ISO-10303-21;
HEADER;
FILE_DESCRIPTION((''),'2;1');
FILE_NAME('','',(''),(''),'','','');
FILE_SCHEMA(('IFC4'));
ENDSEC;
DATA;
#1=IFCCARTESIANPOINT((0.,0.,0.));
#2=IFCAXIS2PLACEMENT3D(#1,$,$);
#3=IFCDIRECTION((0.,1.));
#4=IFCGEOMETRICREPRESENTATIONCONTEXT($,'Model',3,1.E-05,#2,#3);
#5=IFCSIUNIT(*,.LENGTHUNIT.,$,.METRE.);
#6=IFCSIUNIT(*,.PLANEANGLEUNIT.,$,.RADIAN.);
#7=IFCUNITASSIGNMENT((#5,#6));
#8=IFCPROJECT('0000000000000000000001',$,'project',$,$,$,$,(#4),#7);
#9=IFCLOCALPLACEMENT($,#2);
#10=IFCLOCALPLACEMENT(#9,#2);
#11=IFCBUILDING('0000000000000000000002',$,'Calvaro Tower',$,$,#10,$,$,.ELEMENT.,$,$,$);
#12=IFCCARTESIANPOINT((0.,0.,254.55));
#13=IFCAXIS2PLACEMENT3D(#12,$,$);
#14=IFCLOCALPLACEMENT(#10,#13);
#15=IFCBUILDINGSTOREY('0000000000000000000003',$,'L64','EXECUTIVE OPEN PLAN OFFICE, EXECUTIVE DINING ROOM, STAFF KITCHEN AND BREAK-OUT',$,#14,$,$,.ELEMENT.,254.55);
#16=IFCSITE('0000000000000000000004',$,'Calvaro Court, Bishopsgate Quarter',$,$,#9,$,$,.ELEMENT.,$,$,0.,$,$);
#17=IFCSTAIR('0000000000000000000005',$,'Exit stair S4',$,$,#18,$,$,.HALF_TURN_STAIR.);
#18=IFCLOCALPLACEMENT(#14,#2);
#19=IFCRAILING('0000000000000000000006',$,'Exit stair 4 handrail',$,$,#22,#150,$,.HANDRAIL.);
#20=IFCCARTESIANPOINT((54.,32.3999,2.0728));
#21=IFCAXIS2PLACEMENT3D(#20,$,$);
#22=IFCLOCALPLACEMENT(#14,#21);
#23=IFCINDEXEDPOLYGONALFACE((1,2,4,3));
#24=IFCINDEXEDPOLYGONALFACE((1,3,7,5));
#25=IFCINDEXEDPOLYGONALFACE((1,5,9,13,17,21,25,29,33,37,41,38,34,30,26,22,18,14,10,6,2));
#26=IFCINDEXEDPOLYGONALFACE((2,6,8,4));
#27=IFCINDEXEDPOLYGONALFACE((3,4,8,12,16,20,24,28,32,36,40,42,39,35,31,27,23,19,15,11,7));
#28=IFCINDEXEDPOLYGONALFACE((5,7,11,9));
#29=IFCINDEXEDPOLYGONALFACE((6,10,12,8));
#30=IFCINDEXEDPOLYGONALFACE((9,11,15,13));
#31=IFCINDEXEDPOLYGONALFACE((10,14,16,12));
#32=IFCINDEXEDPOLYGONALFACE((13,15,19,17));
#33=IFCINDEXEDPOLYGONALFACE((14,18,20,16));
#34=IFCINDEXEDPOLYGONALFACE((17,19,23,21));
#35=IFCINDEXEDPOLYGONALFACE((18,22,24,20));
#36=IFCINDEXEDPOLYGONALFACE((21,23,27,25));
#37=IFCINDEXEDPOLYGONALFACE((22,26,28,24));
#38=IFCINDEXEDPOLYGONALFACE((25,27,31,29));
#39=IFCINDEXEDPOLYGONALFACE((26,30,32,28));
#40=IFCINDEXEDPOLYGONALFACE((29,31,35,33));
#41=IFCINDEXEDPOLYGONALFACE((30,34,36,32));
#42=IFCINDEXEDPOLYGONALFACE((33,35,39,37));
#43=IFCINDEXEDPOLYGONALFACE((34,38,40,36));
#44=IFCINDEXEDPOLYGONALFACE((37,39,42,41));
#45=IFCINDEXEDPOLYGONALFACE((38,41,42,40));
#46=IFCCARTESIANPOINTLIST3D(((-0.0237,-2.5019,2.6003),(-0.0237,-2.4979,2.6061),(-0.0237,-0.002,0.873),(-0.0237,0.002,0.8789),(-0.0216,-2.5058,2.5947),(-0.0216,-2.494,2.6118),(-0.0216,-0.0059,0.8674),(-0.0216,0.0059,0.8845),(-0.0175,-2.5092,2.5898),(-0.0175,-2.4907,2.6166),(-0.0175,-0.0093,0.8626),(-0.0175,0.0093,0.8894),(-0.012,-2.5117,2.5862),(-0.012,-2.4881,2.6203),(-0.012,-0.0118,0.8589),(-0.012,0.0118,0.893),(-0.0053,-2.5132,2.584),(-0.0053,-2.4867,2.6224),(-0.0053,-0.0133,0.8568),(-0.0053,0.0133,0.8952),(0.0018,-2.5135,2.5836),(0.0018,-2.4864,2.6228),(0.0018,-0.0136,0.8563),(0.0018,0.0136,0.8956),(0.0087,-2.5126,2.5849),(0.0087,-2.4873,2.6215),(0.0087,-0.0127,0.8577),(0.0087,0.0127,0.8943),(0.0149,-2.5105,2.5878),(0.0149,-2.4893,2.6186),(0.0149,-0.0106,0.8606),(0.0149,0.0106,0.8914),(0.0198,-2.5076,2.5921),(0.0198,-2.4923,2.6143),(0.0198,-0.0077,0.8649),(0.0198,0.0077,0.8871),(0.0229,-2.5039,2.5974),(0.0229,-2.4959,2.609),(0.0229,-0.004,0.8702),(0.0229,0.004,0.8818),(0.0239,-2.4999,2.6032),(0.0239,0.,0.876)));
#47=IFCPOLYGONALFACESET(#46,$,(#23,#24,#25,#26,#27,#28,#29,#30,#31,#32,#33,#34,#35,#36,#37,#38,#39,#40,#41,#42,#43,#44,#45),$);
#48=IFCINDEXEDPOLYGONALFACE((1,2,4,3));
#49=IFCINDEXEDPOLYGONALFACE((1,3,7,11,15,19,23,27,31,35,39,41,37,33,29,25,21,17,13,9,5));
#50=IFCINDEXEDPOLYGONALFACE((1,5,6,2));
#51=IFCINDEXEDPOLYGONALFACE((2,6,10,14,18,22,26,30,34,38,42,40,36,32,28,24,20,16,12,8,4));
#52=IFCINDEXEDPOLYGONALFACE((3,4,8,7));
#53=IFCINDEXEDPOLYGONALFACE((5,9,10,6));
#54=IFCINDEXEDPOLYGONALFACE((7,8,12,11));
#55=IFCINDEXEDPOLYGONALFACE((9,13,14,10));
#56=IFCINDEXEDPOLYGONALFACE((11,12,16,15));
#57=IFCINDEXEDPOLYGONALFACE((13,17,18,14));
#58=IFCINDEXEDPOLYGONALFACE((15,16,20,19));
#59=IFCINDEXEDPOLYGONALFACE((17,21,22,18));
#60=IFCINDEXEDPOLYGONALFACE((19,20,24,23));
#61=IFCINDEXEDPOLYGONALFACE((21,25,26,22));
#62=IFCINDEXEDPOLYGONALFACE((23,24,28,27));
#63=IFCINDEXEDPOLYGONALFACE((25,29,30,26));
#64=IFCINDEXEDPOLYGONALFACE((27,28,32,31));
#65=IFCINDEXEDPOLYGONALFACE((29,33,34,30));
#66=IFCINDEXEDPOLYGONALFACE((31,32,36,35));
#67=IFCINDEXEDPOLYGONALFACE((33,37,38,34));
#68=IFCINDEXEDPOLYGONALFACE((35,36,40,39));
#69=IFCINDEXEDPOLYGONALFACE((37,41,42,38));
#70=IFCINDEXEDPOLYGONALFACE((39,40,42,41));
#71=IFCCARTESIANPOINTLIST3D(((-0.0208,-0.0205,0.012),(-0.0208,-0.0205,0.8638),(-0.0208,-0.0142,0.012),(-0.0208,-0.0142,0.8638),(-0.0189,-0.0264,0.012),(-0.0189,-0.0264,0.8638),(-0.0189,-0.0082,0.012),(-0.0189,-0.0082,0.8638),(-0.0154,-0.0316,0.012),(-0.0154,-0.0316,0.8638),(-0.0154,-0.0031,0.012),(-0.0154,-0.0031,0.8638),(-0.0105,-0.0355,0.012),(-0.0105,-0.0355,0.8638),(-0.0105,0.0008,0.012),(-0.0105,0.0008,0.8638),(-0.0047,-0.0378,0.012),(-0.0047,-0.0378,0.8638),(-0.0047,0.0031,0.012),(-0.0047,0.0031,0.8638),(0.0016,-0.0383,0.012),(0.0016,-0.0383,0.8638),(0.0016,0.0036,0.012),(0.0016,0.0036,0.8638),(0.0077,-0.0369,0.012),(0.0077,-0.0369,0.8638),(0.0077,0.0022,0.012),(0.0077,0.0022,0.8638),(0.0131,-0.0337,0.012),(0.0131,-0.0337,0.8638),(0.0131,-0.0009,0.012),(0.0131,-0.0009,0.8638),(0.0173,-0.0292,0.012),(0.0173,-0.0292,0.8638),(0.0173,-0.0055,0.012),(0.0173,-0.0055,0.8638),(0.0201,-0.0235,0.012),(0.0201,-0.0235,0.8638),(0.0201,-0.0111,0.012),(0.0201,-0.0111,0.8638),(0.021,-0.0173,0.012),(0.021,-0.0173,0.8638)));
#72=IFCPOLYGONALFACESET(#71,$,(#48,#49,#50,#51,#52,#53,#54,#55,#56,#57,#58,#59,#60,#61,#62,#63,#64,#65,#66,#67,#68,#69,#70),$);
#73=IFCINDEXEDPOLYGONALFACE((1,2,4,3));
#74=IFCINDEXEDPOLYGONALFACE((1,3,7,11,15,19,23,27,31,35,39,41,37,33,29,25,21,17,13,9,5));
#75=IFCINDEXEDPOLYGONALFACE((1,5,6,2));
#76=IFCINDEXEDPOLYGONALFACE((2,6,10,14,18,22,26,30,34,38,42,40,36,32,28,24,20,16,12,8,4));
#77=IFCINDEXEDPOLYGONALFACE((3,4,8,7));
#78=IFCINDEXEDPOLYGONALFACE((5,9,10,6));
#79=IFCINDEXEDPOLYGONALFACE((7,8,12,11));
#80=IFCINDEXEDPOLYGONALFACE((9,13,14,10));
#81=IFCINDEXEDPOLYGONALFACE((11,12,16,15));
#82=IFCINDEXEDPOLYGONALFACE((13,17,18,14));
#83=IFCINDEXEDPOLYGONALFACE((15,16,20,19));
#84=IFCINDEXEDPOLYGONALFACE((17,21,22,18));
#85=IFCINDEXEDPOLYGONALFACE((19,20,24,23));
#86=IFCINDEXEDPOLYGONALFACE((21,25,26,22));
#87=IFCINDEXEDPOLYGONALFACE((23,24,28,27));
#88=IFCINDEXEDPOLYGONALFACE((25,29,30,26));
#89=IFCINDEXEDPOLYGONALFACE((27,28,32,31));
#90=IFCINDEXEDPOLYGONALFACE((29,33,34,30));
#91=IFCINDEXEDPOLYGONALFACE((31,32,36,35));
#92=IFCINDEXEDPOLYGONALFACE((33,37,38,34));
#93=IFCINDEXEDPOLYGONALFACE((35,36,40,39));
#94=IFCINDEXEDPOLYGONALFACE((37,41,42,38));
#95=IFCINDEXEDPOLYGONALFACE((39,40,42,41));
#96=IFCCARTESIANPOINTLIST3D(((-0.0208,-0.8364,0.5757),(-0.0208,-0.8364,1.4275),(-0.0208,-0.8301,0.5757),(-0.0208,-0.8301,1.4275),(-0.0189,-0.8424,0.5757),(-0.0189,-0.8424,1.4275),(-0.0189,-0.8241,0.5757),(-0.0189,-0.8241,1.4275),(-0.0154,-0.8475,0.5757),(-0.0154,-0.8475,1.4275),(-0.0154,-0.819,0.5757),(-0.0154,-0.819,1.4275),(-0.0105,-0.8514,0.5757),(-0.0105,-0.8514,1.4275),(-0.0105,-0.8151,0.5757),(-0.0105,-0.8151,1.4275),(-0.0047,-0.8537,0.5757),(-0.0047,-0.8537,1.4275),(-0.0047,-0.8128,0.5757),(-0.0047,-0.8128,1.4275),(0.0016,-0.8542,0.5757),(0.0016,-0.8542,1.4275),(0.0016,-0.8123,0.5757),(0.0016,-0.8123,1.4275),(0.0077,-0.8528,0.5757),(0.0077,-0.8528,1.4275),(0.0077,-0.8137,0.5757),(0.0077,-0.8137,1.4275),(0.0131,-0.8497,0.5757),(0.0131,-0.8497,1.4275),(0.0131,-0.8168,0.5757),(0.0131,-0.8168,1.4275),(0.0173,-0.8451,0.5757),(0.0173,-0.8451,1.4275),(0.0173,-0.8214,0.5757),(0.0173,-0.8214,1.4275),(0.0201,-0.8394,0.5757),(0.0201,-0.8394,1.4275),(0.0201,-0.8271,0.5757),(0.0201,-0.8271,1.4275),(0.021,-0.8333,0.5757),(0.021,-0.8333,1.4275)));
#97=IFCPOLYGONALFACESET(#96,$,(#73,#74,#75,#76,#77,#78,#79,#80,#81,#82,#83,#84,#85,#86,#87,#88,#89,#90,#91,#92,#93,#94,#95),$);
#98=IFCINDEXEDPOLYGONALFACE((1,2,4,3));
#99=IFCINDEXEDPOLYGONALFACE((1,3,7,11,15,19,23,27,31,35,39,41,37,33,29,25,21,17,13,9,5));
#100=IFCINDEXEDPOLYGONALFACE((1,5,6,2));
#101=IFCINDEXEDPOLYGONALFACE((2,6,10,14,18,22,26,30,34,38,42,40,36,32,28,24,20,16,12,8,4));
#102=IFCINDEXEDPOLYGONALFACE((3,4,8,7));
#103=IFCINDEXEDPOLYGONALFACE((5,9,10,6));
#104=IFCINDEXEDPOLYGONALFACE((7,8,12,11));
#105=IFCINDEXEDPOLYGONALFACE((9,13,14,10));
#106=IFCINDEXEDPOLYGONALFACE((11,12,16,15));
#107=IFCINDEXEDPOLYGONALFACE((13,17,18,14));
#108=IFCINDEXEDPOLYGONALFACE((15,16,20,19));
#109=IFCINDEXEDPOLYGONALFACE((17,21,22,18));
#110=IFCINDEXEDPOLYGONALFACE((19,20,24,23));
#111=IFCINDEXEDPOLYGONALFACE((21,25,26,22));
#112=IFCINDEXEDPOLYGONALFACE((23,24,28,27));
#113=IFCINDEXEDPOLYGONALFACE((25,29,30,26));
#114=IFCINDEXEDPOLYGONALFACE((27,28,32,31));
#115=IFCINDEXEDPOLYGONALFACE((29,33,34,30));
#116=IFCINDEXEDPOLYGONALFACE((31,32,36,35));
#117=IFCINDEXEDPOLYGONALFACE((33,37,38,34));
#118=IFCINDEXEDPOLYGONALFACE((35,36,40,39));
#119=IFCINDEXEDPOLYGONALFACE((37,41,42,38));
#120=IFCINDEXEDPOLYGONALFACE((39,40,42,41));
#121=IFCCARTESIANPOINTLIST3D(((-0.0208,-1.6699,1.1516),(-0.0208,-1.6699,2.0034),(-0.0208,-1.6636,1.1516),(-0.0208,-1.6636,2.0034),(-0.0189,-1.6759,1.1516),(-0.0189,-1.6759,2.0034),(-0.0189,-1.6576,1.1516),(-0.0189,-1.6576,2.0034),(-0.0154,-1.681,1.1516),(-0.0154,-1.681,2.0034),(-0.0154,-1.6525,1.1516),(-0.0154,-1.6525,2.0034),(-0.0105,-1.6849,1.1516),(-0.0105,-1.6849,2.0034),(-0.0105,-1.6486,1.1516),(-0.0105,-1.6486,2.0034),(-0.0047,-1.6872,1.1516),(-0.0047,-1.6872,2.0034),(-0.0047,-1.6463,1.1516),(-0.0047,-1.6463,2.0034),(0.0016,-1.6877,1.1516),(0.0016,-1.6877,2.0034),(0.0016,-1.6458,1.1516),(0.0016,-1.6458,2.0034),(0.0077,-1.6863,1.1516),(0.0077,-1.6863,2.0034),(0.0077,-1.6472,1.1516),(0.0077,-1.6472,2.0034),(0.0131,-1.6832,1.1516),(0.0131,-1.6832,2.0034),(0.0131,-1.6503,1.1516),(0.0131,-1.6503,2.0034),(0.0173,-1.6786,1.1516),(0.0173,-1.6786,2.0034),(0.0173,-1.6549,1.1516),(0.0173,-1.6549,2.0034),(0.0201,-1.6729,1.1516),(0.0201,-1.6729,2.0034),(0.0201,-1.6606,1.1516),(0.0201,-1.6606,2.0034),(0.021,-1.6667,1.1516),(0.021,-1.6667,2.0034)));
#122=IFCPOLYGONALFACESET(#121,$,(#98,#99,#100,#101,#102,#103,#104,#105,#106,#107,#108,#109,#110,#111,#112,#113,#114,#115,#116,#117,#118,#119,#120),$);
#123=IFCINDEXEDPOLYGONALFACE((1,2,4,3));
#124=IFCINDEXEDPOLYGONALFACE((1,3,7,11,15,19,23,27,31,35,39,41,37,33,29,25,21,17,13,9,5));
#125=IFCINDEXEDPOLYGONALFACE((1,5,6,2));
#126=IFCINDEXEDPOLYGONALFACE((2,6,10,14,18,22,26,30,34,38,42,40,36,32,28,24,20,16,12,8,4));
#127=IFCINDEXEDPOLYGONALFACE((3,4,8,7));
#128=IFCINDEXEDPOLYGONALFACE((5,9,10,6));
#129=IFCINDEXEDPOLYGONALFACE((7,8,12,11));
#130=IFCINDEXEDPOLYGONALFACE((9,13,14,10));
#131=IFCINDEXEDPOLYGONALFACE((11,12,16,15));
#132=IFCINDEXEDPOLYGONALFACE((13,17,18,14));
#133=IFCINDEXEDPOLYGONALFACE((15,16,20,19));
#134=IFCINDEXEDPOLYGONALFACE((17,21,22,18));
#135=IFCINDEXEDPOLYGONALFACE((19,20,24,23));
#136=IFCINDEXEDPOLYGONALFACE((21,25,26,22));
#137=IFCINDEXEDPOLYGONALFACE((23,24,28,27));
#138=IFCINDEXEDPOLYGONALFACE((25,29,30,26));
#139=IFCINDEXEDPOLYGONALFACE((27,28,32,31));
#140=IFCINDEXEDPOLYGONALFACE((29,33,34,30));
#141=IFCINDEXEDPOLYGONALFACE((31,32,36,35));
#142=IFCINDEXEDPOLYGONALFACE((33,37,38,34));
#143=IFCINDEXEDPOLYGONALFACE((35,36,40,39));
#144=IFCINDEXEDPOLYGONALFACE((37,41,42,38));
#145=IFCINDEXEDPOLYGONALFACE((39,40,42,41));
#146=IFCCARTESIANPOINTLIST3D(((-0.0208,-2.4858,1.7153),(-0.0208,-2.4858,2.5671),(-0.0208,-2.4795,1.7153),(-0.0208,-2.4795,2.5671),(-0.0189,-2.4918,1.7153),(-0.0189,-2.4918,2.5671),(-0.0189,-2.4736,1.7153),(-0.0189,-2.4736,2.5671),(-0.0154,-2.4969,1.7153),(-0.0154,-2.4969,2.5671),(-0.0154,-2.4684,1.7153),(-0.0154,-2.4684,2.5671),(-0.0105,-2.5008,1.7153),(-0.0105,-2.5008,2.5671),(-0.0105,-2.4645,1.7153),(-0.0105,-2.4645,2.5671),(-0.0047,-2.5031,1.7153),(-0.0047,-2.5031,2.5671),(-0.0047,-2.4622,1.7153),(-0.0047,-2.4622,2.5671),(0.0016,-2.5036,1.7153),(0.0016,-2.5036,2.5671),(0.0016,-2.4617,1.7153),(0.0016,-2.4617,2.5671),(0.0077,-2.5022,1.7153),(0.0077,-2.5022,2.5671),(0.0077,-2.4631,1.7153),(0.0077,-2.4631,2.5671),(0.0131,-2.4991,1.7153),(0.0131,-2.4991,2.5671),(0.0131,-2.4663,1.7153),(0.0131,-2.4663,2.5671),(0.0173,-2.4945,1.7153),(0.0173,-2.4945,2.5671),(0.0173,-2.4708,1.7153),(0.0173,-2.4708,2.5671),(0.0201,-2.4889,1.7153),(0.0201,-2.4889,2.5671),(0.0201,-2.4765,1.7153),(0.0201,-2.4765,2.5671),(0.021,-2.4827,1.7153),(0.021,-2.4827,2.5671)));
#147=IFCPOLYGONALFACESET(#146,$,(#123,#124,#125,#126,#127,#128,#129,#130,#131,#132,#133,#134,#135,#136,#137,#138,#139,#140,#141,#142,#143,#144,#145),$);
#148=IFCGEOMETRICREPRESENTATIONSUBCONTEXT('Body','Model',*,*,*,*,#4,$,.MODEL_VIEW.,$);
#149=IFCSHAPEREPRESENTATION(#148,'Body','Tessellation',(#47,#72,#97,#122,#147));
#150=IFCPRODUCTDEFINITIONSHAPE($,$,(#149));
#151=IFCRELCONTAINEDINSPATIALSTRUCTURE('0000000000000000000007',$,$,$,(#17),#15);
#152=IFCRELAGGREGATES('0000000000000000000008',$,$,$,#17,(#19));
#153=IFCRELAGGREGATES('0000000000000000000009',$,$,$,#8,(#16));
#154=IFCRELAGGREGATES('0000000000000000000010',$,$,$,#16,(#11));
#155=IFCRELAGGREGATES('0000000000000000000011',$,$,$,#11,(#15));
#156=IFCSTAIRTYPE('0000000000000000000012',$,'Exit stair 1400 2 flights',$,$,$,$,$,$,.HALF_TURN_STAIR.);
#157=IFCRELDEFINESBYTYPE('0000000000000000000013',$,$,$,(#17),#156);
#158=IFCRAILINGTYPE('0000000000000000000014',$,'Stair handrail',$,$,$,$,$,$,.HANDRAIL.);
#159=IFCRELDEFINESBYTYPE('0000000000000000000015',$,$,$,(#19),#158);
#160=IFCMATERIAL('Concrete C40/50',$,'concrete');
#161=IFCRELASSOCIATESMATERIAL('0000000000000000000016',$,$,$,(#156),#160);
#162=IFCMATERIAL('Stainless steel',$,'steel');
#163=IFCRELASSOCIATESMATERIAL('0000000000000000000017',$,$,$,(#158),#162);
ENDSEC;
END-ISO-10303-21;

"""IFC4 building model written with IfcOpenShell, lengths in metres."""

from ifc_helpers import new_model, si_unit, direction, frame, origin, origin_2d, place, context, subcontext, project, spatial, circle, extrude, material, type_object, element, aggregate, save


model = new_model("IFC4")

# Units and contexts
model_context = context("Model", 3, precision=1e-05, world=origin(), true_north=direction((0.0, 1.0)))
body_context = subcontext(model_context, "Body", "Model", "MODEL_VIEW")
ifc_project = project(units=[si_unit("LENGTHUNIT", "METRE"), si_unit("PLANEANGLEUNIT", "RADIAN")], contexts=[model_context])

# Site, building, storey
site_placement = place(None, origin())
site = spatial("IfcSite", under=ifc_project, at=site_placement, Name="Calvaro Court, Bishopsgate Quarter", CompositionType="ELEMENT", RefElevation=0.0)
building_placement = place(site_placement, origin())
building = spatial("IfcBuilding", under=site, at=building_placement, Name="Calvaro Tower", CompositionType="ELEMENT")
storey_placement = place(building_placement, frame((0.0, 0.0, 254.55)))
storey = spatial("IfcBuildingStorey", under=building, at=storey_placement, Name="L64", Description="EXECUTIVE OPEN PLAN OFFICE, EXECUTIVE DINING ROOM, STAFF KITCHEN AND BREAK-OUT", CompositionType="ELEMENT", Elevation=254.55)

# Stair, railing
ifc_material_1 = material(Name="Concrete C40/50", Category="concrete")
stair_type = type_object("IfcStairType", Name="Exit stair 1400 2 flights", PredefinedType="HALF_TURN_STAIR", material=ifc_material_1)
stair_placement = place(storey_placement, origin())
stair = element("IfcStair", 1, at=stair_placement, inside=storey, type_object=stair_type, Name="Exit stair S4", PredefinedType="HALF_TURN_STAIR")
ifc_material_2 = material(Name="Stainless steel", Category="steel")
railing_type = type_object("IfcRailingType", Name="Stair handrail", PredefinedType="HANDRAIL", material=ifc_material_2)
railing_placement = place(storey_placement, frame((54.0, 32.3999, 2.0728)))
railing = element("IfcRailing", 2, at=railing_placement, type_object=railing_type, Name="Exit stair 4 handrail", PredefinedType="HANDRAIL", context=body_context, shape_type="SweptSolid", body=[
    extrude(circle(Radius=0.0239, at=origin_2d()), frame((0.0, 0.0, 0.876), z_axis=(0.0, -0.822727, 0.568437), x_axis=(1.0, 0.0, 0.0)), (0.0, 0.0, 1.0), 3.0386),
    extrude(circle(Radius=0.021, at=origin_2d()), frame((0.0, -0.0173, 0.012)), (0.0, 0.0, 1.0), 0.8518),
    extrude(circle(Radius=0.021, at=origin_2d()), frame((0.0, -0.8333, 0.5757)), (0.0, 0.0, 1.0), 0.8518),
    extrude(circle(Radius=0.021, at=origin_2d()), frame((0.0, -1.6667, 1.1516)), (0.0, 0.0, 1.0), 0.8518),
    extrude(circle(Radius=0.021, at=origin_2d()), frame((0.0, -2.4827, 1.7153)), (0.0, 0.0, 1.0), 0.8518),
])
aggregate(stair, [railing])

save(model, "model.ifc")
